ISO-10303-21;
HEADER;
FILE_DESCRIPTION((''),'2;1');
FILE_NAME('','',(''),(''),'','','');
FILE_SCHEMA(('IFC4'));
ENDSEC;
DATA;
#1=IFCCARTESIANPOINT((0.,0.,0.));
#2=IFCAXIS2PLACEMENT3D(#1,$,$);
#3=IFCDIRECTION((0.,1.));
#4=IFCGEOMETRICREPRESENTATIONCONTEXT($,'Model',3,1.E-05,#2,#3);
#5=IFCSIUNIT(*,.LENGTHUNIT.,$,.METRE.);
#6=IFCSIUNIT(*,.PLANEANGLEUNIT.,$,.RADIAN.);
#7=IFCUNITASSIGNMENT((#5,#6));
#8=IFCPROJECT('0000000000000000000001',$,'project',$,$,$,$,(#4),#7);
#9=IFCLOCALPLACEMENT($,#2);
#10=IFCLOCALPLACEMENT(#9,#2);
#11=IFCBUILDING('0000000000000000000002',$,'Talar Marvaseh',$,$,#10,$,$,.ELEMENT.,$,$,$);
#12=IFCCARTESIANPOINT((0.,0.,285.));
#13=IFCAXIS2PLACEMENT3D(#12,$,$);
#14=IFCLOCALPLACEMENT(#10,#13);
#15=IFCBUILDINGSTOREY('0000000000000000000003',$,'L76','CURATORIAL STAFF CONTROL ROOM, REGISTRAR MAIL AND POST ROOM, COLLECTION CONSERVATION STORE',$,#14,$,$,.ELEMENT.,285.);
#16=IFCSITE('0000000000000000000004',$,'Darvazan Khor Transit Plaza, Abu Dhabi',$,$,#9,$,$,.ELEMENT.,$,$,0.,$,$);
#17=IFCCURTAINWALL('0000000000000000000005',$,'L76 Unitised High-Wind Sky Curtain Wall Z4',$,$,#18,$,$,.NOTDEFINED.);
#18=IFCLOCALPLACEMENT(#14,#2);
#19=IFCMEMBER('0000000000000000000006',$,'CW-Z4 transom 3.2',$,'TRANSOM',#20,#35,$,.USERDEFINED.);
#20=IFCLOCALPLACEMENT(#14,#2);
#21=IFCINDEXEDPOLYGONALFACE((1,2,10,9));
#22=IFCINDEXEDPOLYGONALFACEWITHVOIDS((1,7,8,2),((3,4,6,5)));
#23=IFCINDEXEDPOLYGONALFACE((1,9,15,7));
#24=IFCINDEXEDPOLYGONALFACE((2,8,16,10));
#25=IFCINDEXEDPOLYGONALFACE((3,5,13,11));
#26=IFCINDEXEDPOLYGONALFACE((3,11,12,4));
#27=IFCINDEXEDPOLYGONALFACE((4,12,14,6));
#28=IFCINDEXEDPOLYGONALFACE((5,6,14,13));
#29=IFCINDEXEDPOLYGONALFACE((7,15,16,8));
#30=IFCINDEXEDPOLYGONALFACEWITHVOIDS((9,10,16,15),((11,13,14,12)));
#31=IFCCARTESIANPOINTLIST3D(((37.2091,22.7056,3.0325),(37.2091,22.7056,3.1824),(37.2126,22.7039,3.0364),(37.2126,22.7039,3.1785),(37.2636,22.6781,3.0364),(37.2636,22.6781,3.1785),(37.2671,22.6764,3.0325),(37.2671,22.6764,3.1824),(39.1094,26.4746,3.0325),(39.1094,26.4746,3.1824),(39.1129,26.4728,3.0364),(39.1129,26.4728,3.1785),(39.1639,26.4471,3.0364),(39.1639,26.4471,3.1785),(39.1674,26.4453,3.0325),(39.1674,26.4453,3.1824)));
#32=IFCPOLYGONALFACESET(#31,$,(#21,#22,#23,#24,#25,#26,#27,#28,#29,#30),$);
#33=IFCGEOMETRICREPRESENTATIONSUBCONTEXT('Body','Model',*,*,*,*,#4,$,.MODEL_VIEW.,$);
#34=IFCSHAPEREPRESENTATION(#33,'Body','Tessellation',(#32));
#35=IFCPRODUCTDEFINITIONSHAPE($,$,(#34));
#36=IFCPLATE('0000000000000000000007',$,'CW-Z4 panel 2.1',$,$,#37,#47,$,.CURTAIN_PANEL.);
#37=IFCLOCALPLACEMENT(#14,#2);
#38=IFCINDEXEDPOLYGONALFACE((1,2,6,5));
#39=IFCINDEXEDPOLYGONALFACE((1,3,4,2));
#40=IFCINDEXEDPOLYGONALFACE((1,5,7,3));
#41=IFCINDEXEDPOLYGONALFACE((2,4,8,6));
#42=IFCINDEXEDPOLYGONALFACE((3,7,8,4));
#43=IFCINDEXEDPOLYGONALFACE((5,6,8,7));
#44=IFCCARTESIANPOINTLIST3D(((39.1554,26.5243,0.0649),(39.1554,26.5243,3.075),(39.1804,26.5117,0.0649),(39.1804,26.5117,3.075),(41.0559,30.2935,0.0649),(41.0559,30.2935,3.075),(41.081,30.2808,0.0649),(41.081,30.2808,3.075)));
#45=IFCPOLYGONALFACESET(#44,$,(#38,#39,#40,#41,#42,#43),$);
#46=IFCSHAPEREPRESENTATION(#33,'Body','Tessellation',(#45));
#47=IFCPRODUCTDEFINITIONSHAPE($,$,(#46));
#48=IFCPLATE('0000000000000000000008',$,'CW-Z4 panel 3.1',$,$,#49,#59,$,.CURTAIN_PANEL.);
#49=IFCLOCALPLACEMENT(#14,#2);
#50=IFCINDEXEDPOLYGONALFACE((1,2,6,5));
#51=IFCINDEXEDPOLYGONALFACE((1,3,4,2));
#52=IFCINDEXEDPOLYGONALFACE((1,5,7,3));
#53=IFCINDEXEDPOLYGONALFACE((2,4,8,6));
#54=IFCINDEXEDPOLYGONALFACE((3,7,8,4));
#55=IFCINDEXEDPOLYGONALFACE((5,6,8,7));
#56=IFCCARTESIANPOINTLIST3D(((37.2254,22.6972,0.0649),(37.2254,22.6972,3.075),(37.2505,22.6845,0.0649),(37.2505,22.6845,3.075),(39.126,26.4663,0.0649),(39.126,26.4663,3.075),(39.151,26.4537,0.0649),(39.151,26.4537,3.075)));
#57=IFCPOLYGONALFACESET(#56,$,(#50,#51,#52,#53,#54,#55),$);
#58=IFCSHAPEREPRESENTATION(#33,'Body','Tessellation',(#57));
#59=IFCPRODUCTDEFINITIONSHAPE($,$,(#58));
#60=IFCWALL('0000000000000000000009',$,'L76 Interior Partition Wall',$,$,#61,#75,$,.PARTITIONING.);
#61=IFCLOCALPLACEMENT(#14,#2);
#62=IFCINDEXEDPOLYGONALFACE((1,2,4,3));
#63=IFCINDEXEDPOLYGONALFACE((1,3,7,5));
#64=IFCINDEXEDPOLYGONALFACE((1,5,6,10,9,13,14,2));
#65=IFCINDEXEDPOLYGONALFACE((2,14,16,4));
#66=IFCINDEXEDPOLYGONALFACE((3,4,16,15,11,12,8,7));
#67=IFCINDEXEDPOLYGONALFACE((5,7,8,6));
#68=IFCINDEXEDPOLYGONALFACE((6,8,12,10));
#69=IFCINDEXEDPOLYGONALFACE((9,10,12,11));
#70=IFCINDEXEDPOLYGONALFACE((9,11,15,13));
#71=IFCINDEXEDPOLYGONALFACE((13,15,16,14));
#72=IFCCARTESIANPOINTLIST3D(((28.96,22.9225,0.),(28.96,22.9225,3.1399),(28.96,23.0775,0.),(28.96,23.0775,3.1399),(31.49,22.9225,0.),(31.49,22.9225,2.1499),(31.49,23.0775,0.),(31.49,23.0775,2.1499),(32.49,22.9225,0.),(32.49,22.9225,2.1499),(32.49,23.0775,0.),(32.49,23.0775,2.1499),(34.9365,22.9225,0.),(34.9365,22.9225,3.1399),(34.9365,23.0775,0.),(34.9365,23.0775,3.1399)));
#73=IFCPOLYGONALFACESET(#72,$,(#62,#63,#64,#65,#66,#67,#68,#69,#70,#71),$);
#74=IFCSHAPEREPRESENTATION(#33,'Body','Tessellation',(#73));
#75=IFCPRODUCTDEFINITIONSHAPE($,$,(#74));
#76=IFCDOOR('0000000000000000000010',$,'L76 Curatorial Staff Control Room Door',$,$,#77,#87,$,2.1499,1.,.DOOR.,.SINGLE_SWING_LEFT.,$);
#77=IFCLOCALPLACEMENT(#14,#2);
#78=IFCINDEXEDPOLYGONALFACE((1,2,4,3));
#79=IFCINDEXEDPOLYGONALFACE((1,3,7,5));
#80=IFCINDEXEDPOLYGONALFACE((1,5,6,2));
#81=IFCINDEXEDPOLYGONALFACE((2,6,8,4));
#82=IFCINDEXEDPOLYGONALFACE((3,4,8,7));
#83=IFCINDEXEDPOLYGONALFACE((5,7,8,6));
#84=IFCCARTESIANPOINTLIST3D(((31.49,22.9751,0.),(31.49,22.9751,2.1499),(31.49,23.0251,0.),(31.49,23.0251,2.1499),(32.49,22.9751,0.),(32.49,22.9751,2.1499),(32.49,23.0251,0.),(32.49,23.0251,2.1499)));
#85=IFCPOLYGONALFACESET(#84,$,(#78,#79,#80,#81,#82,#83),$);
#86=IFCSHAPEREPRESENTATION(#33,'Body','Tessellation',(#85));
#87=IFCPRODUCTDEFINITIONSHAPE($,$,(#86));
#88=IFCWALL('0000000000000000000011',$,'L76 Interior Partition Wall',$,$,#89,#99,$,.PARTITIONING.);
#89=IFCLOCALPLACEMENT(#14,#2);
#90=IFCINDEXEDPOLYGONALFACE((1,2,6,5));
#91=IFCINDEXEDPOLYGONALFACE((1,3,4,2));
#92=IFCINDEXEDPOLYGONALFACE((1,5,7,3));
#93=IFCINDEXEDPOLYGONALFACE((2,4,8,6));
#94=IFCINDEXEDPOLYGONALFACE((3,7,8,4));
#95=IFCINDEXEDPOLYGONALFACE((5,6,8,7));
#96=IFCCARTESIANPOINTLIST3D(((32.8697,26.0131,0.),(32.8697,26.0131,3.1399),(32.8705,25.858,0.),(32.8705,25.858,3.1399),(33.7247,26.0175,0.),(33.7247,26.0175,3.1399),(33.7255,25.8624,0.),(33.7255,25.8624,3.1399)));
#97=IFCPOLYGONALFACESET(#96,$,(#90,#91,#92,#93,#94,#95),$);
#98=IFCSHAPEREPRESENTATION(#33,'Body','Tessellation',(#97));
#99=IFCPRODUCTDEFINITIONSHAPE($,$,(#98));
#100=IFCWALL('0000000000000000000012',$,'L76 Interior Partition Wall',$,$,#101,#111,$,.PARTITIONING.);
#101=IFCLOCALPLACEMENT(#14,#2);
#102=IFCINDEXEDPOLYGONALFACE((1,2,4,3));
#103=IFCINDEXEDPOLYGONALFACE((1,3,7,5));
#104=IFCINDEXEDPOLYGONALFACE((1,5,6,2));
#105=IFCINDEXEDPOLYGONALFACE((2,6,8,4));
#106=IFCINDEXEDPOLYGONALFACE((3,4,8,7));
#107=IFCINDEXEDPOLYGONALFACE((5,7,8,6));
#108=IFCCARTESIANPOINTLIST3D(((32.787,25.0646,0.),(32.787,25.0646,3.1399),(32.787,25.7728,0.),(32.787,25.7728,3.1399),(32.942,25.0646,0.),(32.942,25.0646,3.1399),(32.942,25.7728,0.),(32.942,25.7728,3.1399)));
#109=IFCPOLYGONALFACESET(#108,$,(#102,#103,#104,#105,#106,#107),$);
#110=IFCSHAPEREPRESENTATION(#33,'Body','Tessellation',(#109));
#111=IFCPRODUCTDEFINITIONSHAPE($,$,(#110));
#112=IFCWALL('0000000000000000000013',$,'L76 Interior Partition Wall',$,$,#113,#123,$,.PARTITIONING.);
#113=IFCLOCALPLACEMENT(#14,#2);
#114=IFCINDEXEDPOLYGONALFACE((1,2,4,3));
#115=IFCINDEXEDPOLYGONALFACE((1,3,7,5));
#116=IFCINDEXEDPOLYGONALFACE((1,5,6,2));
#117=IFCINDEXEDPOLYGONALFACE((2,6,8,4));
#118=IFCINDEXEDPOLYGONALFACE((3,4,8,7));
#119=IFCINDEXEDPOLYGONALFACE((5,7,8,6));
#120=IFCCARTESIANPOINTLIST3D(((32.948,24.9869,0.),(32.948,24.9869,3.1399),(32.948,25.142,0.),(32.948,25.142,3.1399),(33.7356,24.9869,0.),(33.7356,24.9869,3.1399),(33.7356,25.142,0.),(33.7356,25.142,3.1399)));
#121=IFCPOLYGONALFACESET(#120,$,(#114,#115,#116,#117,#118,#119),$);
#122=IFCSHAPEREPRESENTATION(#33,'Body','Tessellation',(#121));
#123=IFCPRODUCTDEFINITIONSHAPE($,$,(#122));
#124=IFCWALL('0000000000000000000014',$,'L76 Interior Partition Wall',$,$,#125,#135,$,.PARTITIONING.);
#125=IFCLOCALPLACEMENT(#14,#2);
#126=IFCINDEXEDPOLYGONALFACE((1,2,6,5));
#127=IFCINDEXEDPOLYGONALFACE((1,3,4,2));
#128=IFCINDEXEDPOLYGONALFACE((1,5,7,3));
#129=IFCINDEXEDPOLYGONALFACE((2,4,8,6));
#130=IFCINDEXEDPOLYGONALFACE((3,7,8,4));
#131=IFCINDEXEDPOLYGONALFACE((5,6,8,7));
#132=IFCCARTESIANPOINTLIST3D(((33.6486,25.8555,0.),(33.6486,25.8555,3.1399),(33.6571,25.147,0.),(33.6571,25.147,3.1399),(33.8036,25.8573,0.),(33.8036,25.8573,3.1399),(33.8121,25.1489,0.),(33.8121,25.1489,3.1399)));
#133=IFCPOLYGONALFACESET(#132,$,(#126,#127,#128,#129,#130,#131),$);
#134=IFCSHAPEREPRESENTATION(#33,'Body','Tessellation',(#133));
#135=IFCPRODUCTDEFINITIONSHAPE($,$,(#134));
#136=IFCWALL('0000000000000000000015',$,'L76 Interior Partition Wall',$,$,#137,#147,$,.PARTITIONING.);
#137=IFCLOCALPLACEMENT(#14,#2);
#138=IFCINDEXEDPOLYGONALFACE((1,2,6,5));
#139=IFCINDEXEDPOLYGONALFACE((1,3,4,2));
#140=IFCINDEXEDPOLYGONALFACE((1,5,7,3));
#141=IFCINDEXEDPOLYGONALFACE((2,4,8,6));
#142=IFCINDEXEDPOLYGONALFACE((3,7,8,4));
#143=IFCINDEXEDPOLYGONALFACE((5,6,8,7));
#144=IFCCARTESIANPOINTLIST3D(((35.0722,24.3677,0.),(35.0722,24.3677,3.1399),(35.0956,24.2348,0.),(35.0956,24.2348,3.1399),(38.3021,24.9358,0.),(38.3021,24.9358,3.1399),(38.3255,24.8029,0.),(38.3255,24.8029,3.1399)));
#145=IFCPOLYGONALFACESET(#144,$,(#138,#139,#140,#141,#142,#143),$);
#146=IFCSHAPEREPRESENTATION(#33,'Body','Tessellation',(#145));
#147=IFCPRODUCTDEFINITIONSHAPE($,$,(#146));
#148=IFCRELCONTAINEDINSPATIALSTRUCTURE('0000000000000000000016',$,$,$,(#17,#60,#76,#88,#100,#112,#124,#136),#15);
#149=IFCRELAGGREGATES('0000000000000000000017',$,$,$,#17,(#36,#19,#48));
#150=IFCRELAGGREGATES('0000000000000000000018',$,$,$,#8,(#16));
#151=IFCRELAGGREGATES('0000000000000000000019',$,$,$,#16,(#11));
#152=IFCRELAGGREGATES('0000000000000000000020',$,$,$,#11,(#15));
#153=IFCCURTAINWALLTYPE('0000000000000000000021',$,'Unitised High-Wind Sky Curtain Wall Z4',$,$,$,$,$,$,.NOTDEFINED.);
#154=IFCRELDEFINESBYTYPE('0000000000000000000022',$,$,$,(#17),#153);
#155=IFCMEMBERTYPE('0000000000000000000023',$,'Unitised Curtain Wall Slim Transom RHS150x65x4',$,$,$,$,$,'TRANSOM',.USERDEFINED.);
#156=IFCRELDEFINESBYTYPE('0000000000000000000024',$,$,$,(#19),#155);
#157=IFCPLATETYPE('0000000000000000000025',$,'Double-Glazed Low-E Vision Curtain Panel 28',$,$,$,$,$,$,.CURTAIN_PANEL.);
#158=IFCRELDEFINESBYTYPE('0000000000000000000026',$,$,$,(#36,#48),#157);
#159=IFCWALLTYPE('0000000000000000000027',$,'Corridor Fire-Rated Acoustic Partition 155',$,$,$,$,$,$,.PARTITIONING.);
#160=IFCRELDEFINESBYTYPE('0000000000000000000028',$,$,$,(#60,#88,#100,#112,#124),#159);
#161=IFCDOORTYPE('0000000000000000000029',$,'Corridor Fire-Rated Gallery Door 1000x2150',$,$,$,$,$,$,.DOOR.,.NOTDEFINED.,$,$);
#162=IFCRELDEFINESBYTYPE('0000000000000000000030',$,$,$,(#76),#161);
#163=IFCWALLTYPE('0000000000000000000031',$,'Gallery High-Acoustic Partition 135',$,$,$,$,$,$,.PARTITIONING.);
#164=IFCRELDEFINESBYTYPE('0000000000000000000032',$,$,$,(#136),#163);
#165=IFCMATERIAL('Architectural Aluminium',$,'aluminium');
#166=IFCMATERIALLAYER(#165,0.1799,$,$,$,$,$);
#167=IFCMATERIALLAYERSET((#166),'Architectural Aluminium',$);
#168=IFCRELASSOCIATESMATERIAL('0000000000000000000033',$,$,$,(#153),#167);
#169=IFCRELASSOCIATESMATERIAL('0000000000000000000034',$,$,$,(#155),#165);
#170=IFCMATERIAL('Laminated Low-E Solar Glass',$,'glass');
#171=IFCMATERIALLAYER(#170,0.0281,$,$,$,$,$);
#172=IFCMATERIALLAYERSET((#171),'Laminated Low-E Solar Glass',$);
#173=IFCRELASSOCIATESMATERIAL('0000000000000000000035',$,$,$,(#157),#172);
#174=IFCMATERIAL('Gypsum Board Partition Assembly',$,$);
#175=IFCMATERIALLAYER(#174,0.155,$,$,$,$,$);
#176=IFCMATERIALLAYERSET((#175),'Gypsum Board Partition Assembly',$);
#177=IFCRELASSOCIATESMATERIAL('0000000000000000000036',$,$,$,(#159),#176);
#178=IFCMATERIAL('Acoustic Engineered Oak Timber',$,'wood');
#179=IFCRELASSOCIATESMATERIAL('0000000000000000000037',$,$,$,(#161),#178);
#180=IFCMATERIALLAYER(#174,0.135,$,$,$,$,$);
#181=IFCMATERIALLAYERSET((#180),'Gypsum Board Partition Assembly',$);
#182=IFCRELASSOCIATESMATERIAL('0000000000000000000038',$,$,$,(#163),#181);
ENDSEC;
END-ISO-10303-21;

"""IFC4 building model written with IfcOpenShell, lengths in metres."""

from ifc_helpers import new_model, si_unit, direction, frame, frame_2d, origin, origin_2d, place, context, subcontext, project, spatial, rectangle, hollow_rectangle, extrude, source, transform, mapped, material, layer, layer_set, material_profile, profile_set, type_object, type_shapes, element, fill, aggregate, save


model = new_model("IFC4")

# Units and contexts
model_context = context("Model", 3, precision=1e-05, world=origin(), true_north=direction((0.0, 1.0)))
body_context = subcontext(model_context, "Body", "Model", "MODEL_VIEW")
ifc_project = project(units=[si_unit("LENGTHUNIT", "METRE"), si_unit("PLANEANGLEUNIT", "RADIAN")], contexts=[model_context])

# Site, building, storey
site_placement = place(None, origin())
site = spatial("IfcSite", under=ifc_project, at=site_placement, Name="Darvazan Khor Transit Plaza, Abu Dhabi", CompositionType="ELEMENT", RefElevation=0.0)
building_placement = place(site_placement, origin())
building = spatial("IfcBuilding", under=site, at=building_placement, Name="Talar Marvaseh", CompositionType="ELEMENT")
storey_placement = place(building_placement, frame((0.0, 0.0, 285.0)))
storey = spatial("IfcBuildingStorey", under=building, at=storey_placement, Name="L76", Description="CURATORIAL STAFF CONTROL ROOM, REGISTRAR MAIL AND POST ROOM, COLLECTION CONSERVATION STORE", CompositionType="ELEMENT", Elevation=285.0)

# Curtain wall, member, plates
ifc_material_1 = material(Name="Architectural Aluminium", Category="aluminium")
ifc_layer_1 = layer(ifc_material_1, 0.1799)
ifc_layer_set_1 = layer_set([ifc_layer_1], Name="Architectural Aluminium")
curtain_wall_type = type_object("IfcCurtainWallType", Name="Unitised High-Wind Sky Curtain Wall Z4", PredefinedType="NOTDEFINED", material=ifc_layer_set_1)
curtain_wall_placement = place(storey_placement, origin())
curtain_wall = element("IfcCurtainWall", 1, at=curtain_wall_placement, inside=storey, type_object=curtain_wall_type, Name="L76 Unitised High-Wind Sky Curtain Wall Z4", PredefinedType="NOTDEFINED")
ifc_material_profile_1 = material_profile(ifc_material_1, hollow_rectangle(XDim=0.0649, YDim=0.1499, WallThickness=0.0039, at=origin_2d()), Name="RHS150x65x4")
ifc_profile_set_1 = profile_set([ifc_material_profile_1], Name="Architectural Aluminium")
member_type_1 = type_object("IfcMemberType", Name="Unitised Curtain Wall Slim Transom RHS150x65x4", ElementType="TRANSOM", PredefinedType="USERDEFINED", material=ifc_profile_set_1)
shared_shape_1 = source(origin(), body_context, "Body", "SweptSolid", [
    extrude(hollow_rectangle(XDim=0.0649, YDim=0.1499, WallThickness=0.0039, at=origin_2d()), origin(), (0.0, 0.0, 1.0), 4.2209),
])
member_1_placement = place(storey_placement, frame((39.1384, 26.46, 3.1074), z_axis=(-0.450219, -0.892918, 0.0), x_axis=(0.892918, -0.450219, 0.0)))
member_1 = element("IfcMember", 2, at=member_1_placement, type_object=member_type_1, Name="CW-Z4 transom 3.2", ObjectType="TRANSOM", PredefinedType="USERDEFINED", context=body_context, shape_type="MappedRepresentation", body=[
    mapped(shared_shape_1, transform((0.0, 0.0, 0.0), x_axis=(1.0, 0.0, 0.0), y_axis=(0.0, 1.0, 0.0), z_axis=(0.0, 0.0, 1.0), scale=1.0)),
])
ifc_material_2 = material(Name="Laminated Low-E Solar Glass", Category="glass")
ifc_layer_2 = layer(ifc_material_2, 0.0281)
ifc_layer_set_2 = layer_set([ifc_layer_2], Name="Laminated Low-E Solar Glass")
plate_type = type_object("IfcPlateType", Name="Double-Glazed Low-E Vision Curtain Panel 28", PredefinedType="CURTAIN_PANEL", material=ifc_layer_set_2)
shared_shape_2 = source(origin(), body_context, "Body", "SweptSolid", [
    extrude(rectangle(XDim=4.2212, YDim=0.0281, at=origin_2d()), origin(), (0.0, 0.0, 1.0), 3.01),
])
type_shapes(plate_type, [shared_shape_2])
plate_1_placement = place(storey_placement, frame((40.1182, 28.4026, 0.0649), z_axis=(0.0, 0.0, 1.0), x_axis=(-0.450237, -0.892909, 0.0)))
plate_1 = element("IfcPlate", 3, at=plate_1_placement, type_object=plate_type, Name="CW-Z4 panel 2.1", PredefinedType="CURTAIN_PANEL", context=body_context, shape_type="MappedRepresentation", body=[
    mapped(shared_shape_2, transform((0.0, 0.0, 0.0), x_axis=(1.0, 0.0, 0.0), y_axis=(0.0, 1.0, 0.0), z_axis=(0.0, 0.0, 1.0), scale=1.0)),
])
plate_2_placement = place(storey_placement, frame((38.1882, 24.5754, 0.0649), z_axis=(0.0, 0.0, 1.0), x_axis=(-0.450237, -0.892909, 0.0)))
plate_2 = element("IfcPlate", 4, at=plate_2_placement, type_object=plate_type, Name="CW-Z4 panel 3.1", PredefinedType="CURTAIN_PANEL", context=body_context, shape_type="MappedRepresentation", body=[
    mapped(shared_shape_2, transform((0.0, 0.0, 0.0), x_axis=(1.0, 0.0, 0.0), y_axis=(0.0, 1.0, 0.0), z_axis=(0.0, 0.0, 1.0), scale=1.0)),
])
aggregate(curtain_wall, [plate_1, member_1, plate_2])

# Wall, opening, door
ifc_material_3 = material(Name="Gypsum Board Partition Assembly")
ifc_layer_3 = layer(ifc_material_3, 0.155)
ifc_layer_set_3 = layer_set([ifc_layer_3], Name="Gypsum Board Partition Assembly")
wall_type_1 = type_object("IfcWallType", Name="Corridor Fire-Rated Acoustic Partition 155", PredefinedType="PARTITIONING", material=ifc_layer_set_3)
wall_1_placement = place(storey_placement, frame((34.9365, 23.0, 0.0), z_axis=(0.0, 0.0, 1.0), x_axis=(-1.0, 0.0, 0.0)))
wall_1 = element("IfcWall", 5, at=wall_1_placement, inside=storey, type_object=wall_type_1, Name="L76 Interior Partition Wall", PredefinedType="PARTITIONING", context=body_context, shape_type="SweptSolid", body=[
    extrude(rectangle(XDim=5.9766, YDim=0.155, at=frame_2d((2.9883, 0.0))), origin(), (0.0, 0.0, 1.0), 3.1399),
])
opening_1_placement = place(wall_1_placement, frame((2.4465, 0.0, 0.0)))
opening_1 = element("IfcOpeningElement", 6, at=opening_1_placement, cuts=wall_1, PredefinedType="OPENING", context=body_context, shape_type="SweptSolid", body=[
    extrude(rectangle(XDim=1.0, YDim=2.1499, at=frame_2d((0.5, 1.075))), frame((0.0, 0.0874, 0.0), z_axis=(0.0, -1.0, 0.0), x_axis=(1.0, 0.0, 0.0)), (0.0, 0.0, 1.0), 0.175),
])
ifc_material_4 = material(Name="Acoustic Engineered Oak Timber", Category="wood")
door_type_1 = type_object("IfcDoorType", Name="Corridor Fire-Rated Gallery Door 1000x2150", OperationType="NOTDEFINED", PredefinedType="DOOR", material=ifc_material_4)
shared_shape_3 = source(origin(), body_context, "Body", "SweptSolid", [
    extrude(rectangle(XDim=1.0, YDim=2.1499, at=frame_2d((0.5, 1.075))), frame((0.0, 0.0249, 0.0), z_axis=(0.0, -1.0, 0.0), x_axis=(1.0, 0.0, 0.0)), (0.0, 0.0, 1.0), 0.05),
])
type_shapes(door_type_1, [shared_shape_3])
door_1_placement = place(opening_1_placement, origin())
door_1 = element("IfcDoor", 7, at=door_1_placement, inside=storey, type_object=door_type_1, Name="L76 Curatorial Staff Control Room Door", OperationType="SINGLE_SWING_LEFT", OverallHeight=2.1499, OverallWidth=1.0, PredefinedType="DOOR", context=body_context, shape_type="MappedRepresentation", body=[
    mapped(shared_shape_3, transform((0.0, 0.0, 0.0), x_axis=(1.0, 0.0, 0.0), y_axis=(0.0, 1.0, 0.0), z_axis=(0.0, 0.0, 1.0), scale=1.0)),
])
fill(opening_1, door_1)

# Walls
wall_2_placement = place(storey_placement, frame((33.7251, 25.9399, 0.0), z_axis=(0.0, 0.0, 1.0), x_axis=(-0.999987, -0.00514, 0.0)))
element("IfcWall", 8, at=wall_2_placement, inside=storey, type_object=wall_type_1, Name="L76 Interior Partition Wall", PredefinedType="PARTITIONING", context=body_context, shape_type="SweptSolid", body=[
    extrude(rectangle(XDim=0.855, YDim=0.155, at=frame_2d((0.4275, 0.0))), origin(), (0.0, 0.0, 1.0), 3.1399),
])
wall_3_placement = place(storey_placement, frame((32.8645, 25.7727, 0.0), z_axis=(0.0, 0.0, 1.0), x_axis=(0.0, -1.0, 0.0)))
element("IfcWall", 9, at=wall_3_placement, inside=storey, type_object=wall_type_1, Name="L76 Interior Partition Wall", PredefinedType="PARTITIONING", context=body_context, shape_type="SweptSolid", body=[
    extrude(rectangle(XDim=0.7083, YDim=0.155, at=frame_2d((0.354, 0.0))), origin(), (0.0, 0.0, 1.0), 3.1399),
])
wall_4_placement = place(storey_placement, frame((32.948, 25.0645, 0.0), z_axis=(0.0, 0.0, 1.0), x_axis=(1.0, 0.0, 0.0)))
element("IfcWall", 10, at=wall_4_placement, inside=storey, type_object=wall_type_1, Name="L76 Interior Partition Wall", PredefinedType="PARTITIONING", context=body_context, shape_type="SweptSolid", body=[
    extrude(rectangle(XDim=0.7876, YDim=0.155, at=frame_2d((0.3938, 0.0))), origin(), (0.0, 0.0, 1.0), 3.1399),
])
wall_5_placement = place(storey_placement, frame((33.7346, 25.1479, 0.0), z_axis=(0.0, 0.0, 1.0), x_axis=(-0.01206, 0.999927, 0.0)))
element("IfcWall", 11, at=wall_5_placement, inside=storey, type_object=wall_type_1, Name="L76 Interior Partition Wall", PredefinedType="PARTITIONING", context=body_context, shape_type="SweptSolid", body=[
    extrude(rectangle(XDim=0.7085, YDim=0.155, at=frame_2d((0.3542, 0.0))), origin(), (0.0, 0.0, 1.0), 3.1399),
])
ifc_layer_4 = layer(ifc_material_3, 0.135)
ifc_layer_set_4 = layer_set([ifc_layer_4], Name="Gypsum Board Partition Assembly")
wall_type_2 = type_object("IfcWallType", Name="Gallery High-Acoustic Partition 135", PredefinedType="PARTITIONING", material=ifc_layer_set_4)
wall_6_placement = place(storey_placement, frame((35.084, 24.3013, 0.0), z_axis=(0.0, 0.0, 1.0), x_axis=(0.984882, 0.173229, 0.0)))
element("IfcWall", 12, at=wall_6_placement, inside=storey, type_object=wall_type_2, Name="L76 Interior Partition Wall", PredefinedType="PARTITIONING", context=body_context, shape_type="SweptSolid", body=[
    extrude(rectangle(XDim=3.2795, YDim=0.135, at=frame_2d((1.6396, 0.0))), origin(), (0.0, 0.0, 1.0), 3.1399),
])

save(model, "model.ifc")
